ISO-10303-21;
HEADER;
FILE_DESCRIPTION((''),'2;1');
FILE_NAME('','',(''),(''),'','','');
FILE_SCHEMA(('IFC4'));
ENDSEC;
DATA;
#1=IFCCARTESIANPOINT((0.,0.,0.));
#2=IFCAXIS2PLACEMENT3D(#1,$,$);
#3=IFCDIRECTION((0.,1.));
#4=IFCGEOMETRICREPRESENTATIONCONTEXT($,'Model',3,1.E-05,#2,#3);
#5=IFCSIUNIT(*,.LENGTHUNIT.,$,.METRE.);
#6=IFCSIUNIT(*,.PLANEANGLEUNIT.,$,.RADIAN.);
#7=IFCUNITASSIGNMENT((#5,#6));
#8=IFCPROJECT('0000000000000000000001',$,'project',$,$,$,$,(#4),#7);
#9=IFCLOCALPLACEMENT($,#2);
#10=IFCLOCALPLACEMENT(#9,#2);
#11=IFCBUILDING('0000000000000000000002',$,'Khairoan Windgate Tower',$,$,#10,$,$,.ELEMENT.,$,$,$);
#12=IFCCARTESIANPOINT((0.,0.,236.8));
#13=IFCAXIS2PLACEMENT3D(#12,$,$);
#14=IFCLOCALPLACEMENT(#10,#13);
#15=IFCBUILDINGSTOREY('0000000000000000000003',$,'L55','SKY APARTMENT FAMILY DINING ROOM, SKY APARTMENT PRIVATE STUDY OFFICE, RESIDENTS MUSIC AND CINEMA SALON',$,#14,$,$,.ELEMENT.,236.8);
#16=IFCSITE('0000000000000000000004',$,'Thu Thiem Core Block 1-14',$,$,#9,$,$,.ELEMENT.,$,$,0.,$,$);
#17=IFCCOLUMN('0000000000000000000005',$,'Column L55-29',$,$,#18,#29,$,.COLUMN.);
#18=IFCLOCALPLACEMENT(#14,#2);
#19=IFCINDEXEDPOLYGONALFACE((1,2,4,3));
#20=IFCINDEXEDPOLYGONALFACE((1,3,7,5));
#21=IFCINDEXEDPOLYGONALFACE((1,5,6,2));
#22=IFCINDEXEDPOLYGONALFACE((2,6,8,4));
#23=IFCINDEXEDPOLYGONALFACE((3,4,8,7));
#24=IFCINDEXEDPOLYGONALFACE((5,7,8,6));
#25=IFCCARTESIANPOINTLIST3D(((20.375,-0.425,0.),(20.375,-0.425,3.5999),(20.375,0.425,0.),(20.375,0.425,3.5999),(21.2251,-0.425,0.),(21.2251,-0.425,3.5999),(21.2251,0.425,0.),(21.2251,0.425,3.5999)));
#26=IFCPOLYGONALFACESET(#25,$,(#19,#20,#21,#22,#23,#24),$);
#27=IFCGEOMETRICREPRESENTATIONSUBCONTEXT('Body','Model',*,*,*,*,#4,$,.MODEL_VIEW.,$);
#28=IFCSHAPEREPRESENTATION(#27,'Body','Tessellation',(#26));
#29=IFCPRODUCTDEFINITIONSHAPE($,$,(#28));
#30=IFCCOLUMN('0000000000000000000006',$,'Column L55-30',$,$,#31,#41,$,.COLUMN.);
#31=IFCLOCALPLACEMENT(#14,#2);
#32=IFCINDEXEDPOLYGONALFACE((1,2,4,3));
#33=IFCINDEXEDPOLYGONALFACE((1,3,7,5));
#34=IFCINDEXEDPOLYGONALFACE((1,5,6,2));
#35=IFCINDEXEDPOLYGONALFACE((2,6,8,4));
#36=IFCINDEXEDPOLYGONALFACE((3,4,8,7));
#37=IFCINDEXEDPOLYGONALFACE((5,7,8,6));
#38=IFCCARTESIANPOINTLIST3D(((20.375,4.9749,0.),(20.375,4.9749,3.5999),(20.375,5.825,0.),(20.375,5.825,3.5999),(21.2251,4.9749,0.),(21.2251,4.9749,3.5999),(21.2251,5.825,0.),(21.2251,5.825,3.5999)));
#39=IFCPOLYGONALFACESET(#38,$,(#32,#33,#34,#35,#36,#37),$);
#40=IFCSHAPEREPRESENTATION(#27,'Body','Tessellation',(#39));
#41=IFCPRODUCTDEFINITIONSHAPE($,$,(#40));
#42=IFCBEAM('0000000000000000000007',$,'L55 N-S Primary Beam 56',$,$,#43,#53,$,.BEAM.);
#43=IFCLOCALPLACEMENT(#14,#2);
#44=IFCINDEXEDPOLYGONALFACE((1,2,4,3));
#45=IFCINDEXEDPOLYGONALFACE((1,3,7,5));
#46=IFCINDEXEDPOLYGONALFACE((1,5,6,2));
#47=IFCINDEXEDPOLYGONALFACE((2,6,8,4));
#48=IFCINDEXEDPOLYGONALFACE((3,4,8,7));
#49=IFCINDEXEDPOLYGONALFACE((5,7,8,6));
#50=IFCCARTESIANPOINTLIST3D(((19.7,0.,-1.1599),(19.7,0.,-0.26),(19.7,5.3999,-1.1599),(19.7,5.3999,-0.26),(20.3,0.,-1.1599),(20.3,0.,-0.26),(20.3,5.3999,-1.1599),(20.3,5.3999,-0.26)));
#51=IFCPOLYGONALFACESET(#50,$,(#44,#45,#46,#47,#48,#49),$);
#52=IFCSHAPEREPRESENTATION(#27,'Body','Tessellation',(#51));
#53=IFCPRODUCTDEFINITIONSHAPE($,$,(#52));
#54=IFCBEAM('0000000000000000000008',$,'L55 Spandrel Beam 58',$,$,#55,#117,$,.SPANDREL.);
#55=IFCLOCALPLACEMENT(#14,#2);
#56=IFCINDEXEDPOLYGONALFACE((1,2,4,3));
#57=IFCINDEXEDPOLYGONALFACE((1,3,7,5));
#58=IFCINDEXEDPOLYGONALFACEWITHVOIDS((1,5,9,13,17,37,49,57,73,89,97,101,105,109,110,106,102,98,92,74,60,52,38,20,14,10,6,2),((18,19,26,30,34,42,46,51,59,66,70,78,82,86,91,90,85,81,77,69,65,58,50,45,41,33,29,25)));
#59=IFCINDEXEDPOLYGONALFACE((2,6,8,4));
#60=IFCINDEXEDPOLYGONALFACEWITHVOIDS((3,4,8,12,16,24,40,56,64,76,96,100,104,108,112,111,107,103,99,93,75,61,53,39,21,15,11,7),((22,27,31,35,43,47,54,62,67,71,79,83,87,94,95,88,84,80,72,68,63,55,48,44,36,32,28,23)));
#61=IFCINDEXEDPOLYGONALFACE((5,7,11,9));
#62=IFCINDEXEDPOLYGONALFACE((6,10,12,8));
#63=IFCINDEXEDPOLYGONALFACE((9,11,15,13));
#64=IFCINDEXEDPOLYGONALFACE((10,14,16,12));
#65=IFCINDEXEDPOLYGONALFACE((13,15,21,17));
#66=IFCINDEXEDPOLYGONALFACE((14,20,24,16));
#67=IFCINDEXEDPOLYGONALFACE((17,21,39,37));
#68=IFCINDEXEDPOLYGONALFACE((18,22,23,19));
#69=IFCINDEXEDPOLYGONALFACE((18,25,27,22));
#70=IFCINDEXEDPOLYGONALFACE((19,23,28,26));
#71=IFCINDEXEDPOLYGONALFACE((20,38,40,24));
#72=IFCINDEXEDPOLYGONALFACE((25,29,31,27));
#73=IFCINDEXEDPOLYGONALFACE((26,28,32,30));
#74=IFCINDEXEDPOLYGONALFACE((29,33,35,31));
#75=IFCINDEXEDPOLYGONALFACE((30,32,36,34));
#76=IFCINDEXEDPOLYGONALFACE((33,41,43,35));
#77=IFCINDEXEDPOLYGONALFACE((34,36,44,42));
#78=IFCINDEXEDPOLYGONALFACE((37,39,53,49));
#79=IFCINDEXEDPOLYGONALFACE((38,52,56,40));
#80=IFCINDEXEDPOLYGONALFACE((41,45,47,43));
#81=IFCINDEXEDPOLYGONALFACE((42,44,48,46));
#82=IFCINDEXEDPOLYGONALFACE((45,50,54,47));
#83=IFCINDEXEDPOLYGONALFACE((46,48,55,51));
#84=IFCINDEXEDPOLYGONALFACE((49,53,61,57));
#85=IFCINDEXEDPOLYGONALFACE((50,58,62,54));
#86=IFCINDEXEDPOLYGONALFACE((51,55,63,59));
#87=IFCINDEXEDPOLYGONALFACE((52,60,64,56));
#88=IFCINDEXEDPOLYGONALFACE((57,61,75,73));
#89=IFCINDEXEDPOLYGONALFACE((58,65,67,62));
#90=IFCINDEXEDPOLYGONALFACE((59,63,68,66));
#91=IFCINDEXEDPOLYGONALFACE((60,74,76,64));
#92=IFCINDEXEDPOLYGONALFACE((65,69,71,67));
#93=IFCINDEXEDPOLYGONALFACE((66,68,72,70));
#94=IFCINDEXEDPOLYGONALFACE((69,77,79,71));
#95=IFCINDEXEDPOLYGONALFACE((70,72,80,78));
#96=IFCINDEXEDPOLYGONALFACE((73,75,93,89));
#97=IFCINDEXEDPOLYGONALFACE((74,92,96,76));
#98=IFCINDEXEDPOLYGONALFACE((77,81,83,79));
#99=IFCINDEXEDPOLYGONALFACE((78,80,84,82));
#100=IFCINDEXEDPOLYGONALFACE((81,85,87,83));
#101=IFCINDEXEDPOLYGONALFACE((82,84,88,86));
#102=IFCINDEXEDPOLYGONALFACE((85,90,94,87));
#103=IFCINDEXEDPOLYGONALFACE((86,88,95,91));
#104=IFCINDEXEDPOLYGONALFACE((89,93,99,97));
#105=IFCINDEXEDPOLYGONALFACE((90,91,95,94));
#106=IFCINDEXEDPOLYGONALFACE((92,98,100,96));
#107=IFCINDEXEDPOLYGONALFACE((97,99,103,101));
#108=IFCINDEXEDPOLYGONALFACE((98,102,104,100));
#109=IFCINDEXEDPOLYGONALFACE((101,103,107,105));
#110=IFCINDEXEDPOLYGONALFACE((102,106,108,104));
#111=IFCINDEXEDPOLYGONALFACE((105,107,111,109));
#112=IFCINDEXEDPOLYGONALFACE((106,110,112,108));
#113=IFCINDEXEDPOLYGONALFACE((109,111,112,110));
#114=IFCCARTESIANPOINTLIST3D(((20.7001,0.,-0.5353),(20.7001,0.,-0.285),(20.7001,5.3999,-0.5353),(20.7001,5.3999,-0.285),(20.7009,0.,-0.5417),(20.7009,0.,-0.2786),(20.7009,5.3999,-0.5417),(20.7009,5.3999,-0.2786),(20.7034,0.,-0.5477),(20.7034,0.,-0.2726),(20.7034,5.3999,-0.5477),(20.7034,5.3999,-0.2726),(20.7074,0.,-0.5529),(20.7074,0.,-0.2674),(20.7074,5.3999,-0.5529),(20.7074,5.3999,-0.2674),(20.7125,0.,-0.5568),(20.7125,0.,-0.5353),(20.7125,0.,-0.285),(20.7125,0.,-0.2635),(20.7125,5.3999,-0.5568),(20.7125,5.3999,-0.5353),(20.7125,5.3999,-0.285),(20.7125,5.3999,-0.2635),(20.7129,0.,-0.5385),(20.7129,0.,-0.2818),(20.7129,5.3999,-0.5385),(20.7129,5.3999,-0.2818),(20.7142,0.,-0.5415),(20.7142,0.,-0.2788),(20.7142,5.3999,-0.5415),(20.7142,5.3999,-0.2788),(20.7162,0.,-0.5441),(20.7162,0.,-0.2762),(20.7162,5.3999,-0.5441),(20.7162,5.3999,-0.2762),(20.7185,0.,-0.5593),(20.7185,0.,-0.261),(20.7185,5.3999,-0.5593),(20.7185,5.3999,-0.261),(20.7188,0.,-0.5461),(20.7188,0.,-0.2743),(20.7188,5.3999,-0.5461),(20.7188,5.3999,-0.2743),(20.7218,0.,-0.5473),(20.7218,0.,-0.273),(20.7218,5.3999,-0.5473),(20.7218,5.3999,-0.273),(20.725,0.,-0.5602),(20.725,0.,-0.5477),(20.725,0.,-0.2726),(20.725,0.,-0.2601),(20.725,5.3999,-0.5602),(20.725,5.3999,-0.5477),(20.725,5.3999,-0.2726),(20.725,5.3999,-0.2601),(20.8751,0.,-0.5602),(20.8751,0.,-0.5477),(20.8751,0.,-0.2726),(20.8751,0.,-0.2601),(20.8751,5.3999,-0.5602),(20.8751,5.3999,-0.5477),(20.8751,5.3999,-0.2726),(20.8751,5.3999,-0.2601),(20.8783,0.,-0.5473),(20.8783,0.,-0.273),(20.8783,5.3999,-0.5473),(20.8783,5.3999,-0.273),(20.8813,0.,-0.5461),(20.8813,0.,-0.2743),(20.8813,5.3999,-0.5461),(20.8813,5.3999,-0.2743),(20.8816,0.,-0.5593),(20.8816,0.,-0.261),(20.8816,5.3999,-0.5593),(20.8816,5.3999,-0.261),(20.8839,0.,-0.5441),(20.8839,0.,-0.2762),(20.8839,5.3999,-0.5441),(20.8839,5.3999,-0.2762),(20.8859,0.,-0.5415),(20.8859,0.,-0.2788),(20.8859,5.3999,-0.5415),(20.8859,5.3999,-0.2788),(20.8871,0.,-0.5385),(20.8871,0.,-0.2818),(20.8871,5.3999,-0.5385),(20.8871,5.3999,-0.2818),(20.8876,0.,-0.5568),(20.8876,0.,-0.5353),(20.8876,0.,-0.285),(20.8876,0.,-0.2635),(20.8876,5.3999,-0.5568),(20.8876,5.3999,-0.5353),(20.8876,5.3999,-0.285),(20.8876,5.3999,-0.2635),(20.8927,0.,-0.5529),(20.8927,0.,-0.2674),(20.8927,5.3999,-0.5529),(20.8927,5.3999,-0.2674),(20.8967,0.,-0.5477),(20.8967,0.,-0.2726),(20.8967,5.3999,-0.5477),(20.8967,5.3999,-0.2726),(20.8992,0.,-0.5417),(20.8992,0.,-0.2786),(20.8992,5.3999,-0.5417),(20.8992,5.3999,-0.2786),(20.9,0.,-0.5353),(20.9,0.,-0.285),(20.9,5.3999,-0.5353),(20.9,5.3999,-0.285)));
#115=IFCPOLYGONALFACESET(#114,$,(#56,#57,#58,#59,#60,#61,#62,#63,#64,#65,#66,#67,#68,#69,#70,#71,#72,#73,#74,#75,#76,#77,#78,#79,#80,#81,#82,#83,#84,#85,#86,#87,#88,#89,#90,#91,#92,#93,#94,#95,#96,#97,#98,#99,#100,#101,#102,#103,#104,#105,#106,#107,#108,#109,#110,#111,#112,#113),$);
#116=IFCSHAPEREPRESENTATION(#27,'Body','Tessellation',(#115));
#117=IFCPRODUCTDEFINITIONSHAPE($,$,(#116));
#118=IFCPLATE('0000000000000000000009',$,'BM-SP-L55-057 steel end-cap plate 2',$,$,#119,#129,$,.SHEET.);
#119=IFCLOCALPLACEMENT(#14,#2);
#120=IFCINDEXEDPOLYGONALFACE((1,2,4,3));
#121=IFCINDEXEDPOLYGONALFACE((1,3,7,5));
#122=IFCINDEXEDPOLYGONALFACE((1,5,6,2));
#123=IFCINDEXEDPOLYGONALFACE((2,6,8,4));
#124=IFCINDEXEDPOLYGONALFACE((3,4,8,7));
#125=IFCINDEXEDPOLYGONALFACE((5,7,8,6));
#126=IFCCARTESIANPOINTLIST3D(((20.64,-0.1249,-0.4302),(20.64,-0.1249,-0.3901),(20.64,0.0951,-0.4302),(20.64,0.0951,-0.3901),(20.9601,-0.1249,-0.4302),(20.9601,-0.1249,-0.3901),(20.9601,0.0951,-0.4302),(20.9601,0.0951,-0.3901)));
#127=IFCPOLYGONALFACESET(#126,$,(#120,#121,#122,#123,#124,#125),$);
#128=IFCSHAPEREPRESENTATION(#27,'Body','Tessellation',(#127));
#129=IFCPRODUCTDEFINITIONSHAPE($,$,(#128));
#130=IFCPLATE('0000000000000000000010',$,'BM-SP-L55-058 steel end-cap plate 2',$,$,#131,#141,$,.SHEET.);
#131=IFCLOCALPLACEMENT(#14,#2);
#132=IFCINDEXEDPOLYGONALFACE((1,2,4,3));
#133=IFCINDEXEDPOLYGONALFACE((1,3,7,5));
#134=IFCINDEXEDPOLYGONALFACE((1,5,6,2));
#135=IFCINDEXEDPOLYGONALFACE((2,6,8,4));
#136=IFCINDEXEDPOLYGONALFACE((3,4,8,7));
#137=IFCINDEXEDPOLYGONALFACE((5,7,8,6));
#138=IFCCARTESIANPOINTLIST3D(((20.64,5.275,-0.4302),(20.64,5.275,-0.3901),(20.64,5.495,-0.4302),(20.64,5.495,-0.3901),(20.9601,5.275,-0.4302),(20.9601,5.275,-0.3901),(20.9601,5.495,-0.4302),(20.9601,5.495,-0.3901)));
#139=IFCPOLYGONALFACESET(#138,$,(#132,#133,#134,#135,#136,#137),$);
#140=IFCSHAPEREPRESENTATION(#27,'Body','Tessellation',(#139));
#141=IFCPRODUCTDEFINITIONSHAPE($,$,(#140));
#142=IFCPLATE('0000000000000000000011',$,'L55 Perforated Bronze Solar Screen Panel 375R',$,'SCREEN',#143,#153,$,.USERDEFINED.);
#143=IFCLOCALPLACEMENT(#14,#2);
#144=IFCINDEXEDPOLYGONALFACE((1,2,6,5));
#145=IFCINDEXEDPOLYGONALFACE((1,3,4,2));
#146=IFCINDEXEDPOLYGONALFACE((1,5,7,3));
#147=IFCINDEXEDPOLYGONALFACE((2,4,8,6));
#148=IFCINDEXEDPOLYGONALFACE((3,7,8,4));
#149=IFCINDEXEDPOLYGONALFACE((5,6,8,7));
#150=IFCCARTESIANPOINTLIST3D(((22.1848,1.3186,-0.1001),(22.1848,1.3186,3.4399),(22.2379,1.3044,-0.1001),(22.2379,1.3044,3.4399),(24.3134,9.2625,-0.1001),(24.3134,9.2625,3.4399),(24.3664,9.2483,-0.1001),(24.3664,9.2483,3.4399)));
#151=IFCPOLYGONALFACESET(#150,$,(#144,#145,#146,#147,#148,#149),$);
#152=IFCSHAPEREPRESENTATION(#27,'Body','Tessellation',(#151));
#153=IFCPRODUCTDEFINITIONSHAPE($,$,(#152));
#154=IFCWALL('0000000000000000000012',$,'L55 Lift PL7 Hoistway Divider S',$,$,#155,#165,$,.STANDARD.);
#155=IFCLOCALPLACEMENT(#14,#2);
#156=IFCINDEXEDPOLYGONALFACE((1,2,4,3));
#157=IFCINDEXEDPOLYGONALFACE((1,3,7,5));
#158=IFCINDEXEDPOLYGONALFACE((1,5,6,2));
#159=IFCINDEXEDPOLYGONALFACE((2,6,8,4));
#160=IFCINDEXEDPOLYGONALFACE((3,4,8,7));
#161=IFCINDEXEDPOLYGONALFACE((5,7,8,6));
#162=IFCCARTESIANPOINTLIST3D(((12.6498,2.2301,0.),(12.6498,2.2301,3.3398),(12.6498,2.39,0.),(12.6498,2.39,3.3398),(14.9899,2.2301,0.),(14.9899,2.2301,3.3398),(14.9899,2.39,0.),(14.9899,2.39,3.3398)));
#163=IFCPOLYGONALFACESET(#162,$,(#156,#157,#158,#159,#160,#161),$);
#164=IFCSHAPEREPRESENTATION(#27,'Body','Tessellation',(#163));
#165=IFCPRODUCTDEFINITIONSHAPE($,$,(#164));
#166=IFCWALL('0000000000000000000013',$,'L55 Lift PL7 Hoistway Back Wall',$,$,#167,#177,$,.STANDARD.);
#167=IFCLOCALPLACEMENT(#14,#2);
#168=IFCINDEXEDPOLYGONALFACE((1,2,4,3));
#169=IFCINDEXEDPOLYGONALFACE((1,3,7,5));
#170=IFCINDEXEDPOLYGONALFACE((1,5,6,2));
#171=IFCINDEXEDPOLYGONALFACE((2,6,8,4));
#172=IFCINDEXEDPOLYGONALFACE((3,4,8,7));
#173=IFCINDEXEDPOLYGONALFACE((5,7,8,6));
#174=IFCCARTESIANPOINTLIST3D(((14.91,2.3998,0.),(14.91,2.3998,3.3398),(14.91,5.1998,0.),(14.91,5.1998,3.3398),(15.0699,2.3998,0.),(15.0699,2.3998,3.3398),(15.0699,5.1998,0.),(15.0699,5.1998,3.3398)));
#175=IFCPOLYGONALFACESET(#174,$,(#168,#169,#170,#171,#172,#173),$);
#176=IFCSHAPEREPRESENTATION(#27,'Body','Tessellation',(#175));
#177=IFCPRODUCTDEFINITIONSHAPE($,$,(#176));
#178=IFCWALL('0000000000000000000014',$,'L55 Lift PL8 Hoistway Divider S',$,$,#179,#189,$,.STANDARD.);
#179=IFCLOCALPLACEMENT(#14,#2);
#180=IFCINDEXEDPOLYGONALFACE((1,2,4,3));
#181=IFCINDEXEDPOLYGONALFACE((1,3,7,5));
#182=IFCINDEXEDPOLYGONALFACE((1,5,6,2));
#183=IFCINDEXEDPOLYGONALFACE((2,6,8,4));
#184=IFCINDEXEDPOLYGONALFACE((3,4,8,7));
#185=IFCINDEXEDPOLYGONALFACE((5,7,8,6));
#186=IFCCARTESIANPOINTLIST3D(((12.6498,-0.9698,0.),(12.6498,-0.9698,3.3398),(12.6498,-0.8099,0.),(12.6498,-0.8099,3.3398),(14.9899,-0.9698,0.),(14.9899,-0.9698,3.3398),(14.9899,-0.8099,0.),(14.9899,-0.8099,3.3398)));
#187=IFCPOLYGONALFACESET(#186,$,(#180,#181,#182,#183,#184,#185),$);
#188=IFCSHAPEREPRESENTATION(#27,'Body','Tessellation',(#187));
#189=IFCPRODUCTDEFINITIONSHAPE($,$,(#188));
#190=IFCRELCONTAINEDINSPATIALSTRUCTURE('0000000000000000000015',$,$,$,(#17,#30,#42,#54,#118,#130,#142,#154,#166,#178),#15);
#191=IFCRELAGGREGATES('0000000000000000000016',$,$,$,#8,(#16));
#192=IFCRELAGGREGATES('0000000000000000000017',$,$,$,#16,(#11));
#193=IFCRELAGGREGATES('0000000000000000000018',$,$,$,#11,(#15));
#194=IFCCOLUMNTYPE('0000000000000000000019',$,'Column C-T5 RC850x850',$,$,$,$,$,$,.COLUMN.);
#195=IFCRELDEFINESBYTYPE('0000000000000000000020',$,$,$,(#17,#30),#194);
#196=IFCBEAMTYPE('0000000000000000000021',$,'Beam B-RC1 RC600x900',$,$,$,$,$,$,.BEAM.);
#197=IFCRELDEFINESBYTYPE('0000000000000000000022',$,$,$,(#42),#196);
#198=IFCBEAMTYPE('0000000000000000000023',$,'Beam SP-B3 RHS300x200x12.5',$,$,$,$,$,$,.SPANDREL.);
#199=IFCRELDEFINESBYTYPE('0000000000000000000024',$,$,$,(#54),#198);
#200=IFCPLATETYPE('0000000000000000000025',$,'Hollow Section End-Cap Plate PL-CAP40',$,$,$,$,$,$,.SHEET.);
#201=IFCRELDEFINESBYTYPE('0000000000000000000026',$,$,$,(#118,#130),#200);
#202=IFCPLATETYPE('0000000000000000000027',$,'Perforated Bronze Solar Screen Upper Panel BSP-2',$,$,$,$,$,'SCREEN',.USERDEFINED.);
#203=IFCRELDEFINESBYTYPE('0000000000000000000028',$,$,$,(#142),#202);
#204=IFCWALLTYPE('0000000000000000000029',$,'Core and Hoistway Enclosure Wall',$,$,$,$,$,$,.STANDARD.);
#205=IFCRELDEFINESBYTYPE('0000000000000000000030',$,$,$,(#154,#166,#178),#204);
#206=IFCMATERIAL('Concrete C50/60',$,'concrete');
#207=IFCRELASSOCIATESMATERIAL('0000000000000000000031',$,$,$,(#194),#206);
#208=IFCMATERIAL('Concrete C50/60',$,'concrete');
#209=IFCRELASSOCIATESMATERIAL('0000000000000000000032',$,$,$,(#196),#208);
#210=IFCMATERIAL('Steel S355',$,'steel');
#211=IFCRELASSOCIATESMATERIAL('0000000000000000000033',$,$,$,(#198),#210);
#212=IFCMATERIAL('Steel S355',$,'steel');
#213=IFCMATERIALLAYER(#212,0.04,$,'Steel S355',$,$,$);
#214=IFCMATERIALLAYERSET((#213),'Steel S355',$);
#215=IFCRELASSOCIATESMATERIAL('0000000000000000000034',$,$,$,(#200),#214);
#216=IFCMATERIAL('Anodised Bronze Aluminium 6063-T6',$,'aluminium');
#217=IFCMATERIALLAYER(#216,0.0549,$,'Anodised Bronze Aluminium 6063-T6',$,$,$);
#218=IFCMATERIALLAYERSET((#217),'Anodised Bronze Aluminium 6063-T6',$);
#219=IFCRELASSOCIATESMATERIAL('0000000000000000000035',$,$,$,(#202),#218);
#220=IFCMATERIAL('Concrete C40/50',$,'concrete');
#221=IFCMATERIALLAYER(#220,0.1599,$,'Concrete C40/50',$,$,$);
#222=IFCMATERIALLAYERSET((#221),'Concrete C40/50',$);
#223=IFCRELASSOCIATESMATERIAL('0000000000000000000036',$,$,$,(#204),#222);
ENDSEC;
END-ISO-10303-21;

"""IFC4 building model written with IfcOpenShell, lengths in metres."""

from ifc_helpers import new_model, si_unit, direction, frame, frame_2d, origin, origin_2d, place, context, subcontext, project, spatial, rectangle, hollow_rectangle, extrude, material, layer, layer_set, material_profile, profile_set, type_object, element, save


model = new_model("IFC4")

# Units and contexts
model_context = context("Model", 3, precision=1e-05, world=origin(), true_north=direction((0.0, 1.0)))
body_context = subcontext(model_context, "Body", "Model", "MODEL_VIEW")
ifc_project = project(units=[si_unit("LENGTHUNIT", "METRE"), si_unit("PLANEANGLEUNIT", "RADIAN")], contexts=[model_context])

# Site, building, storey
site_placement = place(None, origin())
site = spatial("IfcSite", under=ifc_project, at=site_placement, Name="Thu Thiem Core Block 1-14", CompositionType="ELEMENT", RefElevation=0.0)
building_placement = place(site_placement, origin())
building = spatial("IfcBuilding", under=site, at=building_placement, Name="Khairoan Windgate Tower", CompositionType="ELEMENT")
storey_placement = place(building_placement, frame((0.0, 0.0, 236.8)))
storey = spatial("IfcBuildingStorey", under=building, at=storey_placement, Name="L55", Description="SKY APARTMENT FAMILY DINING ROOM, SKY APARTMENT PRIVATE STUDY OFFICE, RESIDENTS MUSIC AND CINEMA SALON", CompositionType="ELEMENT", Elevation=236.8)

# Columns
ifc_material_1 = material(Name="Concrete C50/60", Category="concrete")
ifc_material_profile_1 = material_profile(ifc_material_1, rectangle(XDim=0.8501, YDim=0.8501, at=origin_2d()))
ifc_profile_set_1 = profile_set([ifc_material_profile_1], Name="Concrete C50/60")
column_type = type_object("IfcColumnType", Name="Column C-T5 RC850x850", PredefinedType="COLUMN", material=ifc_profile_set_1)
for number, where, z_axis, x_axis, name in (
    (1, (20.8, 0.0, 0.0), (0.0, 0.0, 1.0), (1.0, 0.0, 0.0), "Column L55-29"),
    (2, (20.8, 5.3999, 0.0), (0.0, 0.0, 1.0), (1.0, 0.0, 0.0), "Column L55-30"),
):
    element("IfcColumn", number, at=place(storey_placement, frame(where, z_axis=z_axis, x_axis=x_axis)), inside=storey, type_object=column_type, Name=name, PredefinedType="COLUMN", context=body_context, shape_type="SweptSolid", body=[
        extrude(rectangle(XDim=0.8501, YDim=0.8501, at=origin_2d()), origin(), (0.0, 0.0, 1.0), 3.5999),
    ])

# Beams
ifc_material_2 = material(Name="Concrete C50/60", Category="concrete")
ifc_material_profile_2 = material_profile(ifc_material_2, rectangle(XDim=0.6001, YDim=0.8999, at=origin_2d()))
ifc_profile_set_2 = profile_set([ifc_material_profile_2], Name="Concrete C50/60")
beam_type_1 = type_object("IfcBeamType", Name="Beam B-RC1 RC600x900", PredefinedType="BEAM", material=ifc_profile_set_2)
beam_1_placement = place(storey_placement, frame((20.0, 0.0, -0.71), z_axis=(0.0, 1.0, 0.0), x_axis=(-1.0, 0.0, 0.0)))
element("IfcBeam", 3, at=beam_1_placement, inside=storey, type_object=beam_type_1, Name="L55 N-S Primary Beam 56", PredefinedType="BEAM", context=body_context, shape_type="SweptSolid", body=[
    extrude(rectangle(XDim=0.6001, YDim=0.8999, at=origin_2d()), origin(), (0.0, 0.0, 1.0), 5.3999),
])
ifc_material_3 = material(Name="Steel S355", Category="steel")
ifc_material_profile_3 = material_profile(ifc_material_3, hollow_rectangle(XDim=0.2, YDim=0.3, WallThickness=0.0125, InnerFilletRadius=0.0125, OuterFilletRadius=0.0249, at=origin_2d()))
ifc_profile_set_3 = profile_set([ifc_material_profile_3], Name="Steel S355")
beam_type_2 = type_object("IfcBeamType", Name="Beam SP-B3 RHS300x200x12.5", PredefinedType="SPANDREL", material=ifc_profile_set_3)
beam_2_placement = place(storey_placement, frame((20.8, 0.0, -0.4102), z_axis=(0.0, 1.0, 0.0), x_axis=(-1.0, 0.0, 0.0)))
element("IfcBeam", 4, at=beam_2_placement, inside=storey, type_object=beam_type_2, Name="L55 Spandrel Beam 58", PredefinedType="SPANDREL", context=body_context, shape_type="SweptSolid", body=[
    extrude(hollow_rectangle(XDim=0.2, YDim=0.3, WallThickness=0.0125, InnerFilletRadius=0.0125, OuterFilletRadius=0.0249, at=origin_2d()), origin(), (0.0, 0.0, 1.0), 5.3999),
])

# Plates
ifc_material_4 = material(Name="Steel S355", Category="steel")
ifc_layer_1 = layer(ifc_material_4, 0.04, Name="Steel S355")
ifc_layer_set_1 = layer_set([ifc_layer_1], Name="Steel S355")
plate_type_1 = type_object("IfcPlateType", Name="Hollow Section End-Cap Plate PL-CAP40", PredefinedType="SHEET", material=ifc_layer_set_1)
for number, where, z_axis, x_axis, name in (
    (5, (20.8, -0.0149, -0.4302), (0.0, 0.0, 1.0), (0.0, 1.0, 0.0), "BM-SP-L55-057 steel end-cap plate 2"),
    (6, (20.8, 5.385, -0.4302), (0.0, 0.0, 1.0), (0.0, 1.0, 0.0), "BM-SP-L55-058 steel end-cap plate 2"),
):
    element("IfcPlate", number, at=place(storey_placement, frame(where, z_axis=z_axis, x_axis=x_axis)), inside=storey, type_object=plate_type_1, Name=name, PredefinedType="SHEET", context=body_context, shape_type="SweptSolid", body=[
        extrude(rectangle(XDim=0.22, YDim=0.3201, at=origin_2d()), origin(), (0.0, 0.0, 1.0), 0.04),
    ])
ifc_material_5 = material(Name="Anodised Bronze Aluminium 6063-T6", Category="aluminium")
ifc_layer_2 = layer(ifc_material_5, 0.0549, Name="Anodised Bronze Aluminium 6063-T6")
ifc_layer_set_2 = layer_set([ifc_layer_2], Name="Anodised Bronze Aluminium 6063-T6")
plate_type_2 = type_object("IfcPlateType", Name="Perforated Bronze Solar Screen Upper Panel BSP-2", ElementType="SCREEN", PredefinedType="USERDEFINED", material=ifc_layer_set_2)
plate_placement = place(storey_placement, frame((23.2756, 5.2834, -0.1001), z_axis=(0.0, 0.0, 1.0), x_axis=(-0.258819, -0.965926, 0.0)))
element("IfcPlate", 7, at=plate_placement, inside=storey, type_object=plate_type_2, Name="L55 Perforated Bronze Solar Screen Panel 375R", ObjectType="SCREEN", PredefinedType="USERDEFINED", context=body_context, shape_type="SweptSolid", body=[
    extrude(rectangle(XDim=8.2241, YDim=0.0549, at=origin_2d()), origin(), (0.0, 0.0, 1.0), 3.54),
])

# Walls
ifc_material_6 = material(Name="Concrete C40/50", Category="concrete")
ifc_layer_3 = layer(ifc_material_6, 0.1599, Name="Concrete C40/50")
ifc_layer_set_3 = layer_set([ifc_layer_3], Name="Concrete C40/50")
wall_type_1 = type_object("IfcWallType", Name="Core and Hoistway Enclosure Wall", PredefinedType="STANDARD", material=ifc_layer_set_3)
wall_1_placement = place(storey_placement, frame((12.6499, 2.3101, 0.0), z_axis=(0.0, 0.0, 1.0), x_axis=(1.0, 0.0, 0.0)))
element("IfcWall", 8, at=wall_1_placement, inside=storey, type_object=wall_type_1, Name="L55 Lift PL7 Hoistway Divider S", PredefinedType="STANDARD", context=body_context, shape_type="SweptSolid", body=[
    extrude(rectangle(XDim=2.3401, YDim=0.1599, at=frame_2d((1.1699, 0.0))), origin(), (0.0, 0.0, 1.0), 3.3398),
])
wall_2_placement = place(storey_placement, frame((14.99, 2.3999, 0.0), z_axis=(0.0, 0.0, 1.0), x_axis=(0.0, 1.0, 0.0)))
element("IfcWall", 9, at=wall_2_placement, inside=storey, type_object=wall_type_1, Name="L55 Lift PL7 Hoistway Back Wall", PredefinedType="STANDARD", context=body_context, shape_type="SweptSolid", body=[
    extrude(rectangle(XDim=2.8, YDim=0.1599, at=frame_2d((1.3999, 0.0))), origin(), (0.0, 0.0, 1.0), 3.3398),
])
for number, where, z_axis, x_axis, name in (
    (10, (12.6499, -0.8899, 0.0), (0.0, 0.0, 1.0), (1.0, 0.0, 0.0), "L55 Lift PL8 Hoistway Divider S"),
):
    element("IfcWall", number, at=place(storey_placement, frame(where, z_axis=z_axis, x_axis=x_axis)), inside=storey, type_object=wall_type_1, Name=name, PredefinedType="STANDARD", context=body_context, shape_type="SweptSolid", body=[
        extrude(rectangle(XDim=2.3401, YDim=0.1599, at=frame_2d((1.1699, 0.0))), origin(), (0.0, 0.0, 1.0), 3.3398),
    ])

save(model, "model.ifc")
